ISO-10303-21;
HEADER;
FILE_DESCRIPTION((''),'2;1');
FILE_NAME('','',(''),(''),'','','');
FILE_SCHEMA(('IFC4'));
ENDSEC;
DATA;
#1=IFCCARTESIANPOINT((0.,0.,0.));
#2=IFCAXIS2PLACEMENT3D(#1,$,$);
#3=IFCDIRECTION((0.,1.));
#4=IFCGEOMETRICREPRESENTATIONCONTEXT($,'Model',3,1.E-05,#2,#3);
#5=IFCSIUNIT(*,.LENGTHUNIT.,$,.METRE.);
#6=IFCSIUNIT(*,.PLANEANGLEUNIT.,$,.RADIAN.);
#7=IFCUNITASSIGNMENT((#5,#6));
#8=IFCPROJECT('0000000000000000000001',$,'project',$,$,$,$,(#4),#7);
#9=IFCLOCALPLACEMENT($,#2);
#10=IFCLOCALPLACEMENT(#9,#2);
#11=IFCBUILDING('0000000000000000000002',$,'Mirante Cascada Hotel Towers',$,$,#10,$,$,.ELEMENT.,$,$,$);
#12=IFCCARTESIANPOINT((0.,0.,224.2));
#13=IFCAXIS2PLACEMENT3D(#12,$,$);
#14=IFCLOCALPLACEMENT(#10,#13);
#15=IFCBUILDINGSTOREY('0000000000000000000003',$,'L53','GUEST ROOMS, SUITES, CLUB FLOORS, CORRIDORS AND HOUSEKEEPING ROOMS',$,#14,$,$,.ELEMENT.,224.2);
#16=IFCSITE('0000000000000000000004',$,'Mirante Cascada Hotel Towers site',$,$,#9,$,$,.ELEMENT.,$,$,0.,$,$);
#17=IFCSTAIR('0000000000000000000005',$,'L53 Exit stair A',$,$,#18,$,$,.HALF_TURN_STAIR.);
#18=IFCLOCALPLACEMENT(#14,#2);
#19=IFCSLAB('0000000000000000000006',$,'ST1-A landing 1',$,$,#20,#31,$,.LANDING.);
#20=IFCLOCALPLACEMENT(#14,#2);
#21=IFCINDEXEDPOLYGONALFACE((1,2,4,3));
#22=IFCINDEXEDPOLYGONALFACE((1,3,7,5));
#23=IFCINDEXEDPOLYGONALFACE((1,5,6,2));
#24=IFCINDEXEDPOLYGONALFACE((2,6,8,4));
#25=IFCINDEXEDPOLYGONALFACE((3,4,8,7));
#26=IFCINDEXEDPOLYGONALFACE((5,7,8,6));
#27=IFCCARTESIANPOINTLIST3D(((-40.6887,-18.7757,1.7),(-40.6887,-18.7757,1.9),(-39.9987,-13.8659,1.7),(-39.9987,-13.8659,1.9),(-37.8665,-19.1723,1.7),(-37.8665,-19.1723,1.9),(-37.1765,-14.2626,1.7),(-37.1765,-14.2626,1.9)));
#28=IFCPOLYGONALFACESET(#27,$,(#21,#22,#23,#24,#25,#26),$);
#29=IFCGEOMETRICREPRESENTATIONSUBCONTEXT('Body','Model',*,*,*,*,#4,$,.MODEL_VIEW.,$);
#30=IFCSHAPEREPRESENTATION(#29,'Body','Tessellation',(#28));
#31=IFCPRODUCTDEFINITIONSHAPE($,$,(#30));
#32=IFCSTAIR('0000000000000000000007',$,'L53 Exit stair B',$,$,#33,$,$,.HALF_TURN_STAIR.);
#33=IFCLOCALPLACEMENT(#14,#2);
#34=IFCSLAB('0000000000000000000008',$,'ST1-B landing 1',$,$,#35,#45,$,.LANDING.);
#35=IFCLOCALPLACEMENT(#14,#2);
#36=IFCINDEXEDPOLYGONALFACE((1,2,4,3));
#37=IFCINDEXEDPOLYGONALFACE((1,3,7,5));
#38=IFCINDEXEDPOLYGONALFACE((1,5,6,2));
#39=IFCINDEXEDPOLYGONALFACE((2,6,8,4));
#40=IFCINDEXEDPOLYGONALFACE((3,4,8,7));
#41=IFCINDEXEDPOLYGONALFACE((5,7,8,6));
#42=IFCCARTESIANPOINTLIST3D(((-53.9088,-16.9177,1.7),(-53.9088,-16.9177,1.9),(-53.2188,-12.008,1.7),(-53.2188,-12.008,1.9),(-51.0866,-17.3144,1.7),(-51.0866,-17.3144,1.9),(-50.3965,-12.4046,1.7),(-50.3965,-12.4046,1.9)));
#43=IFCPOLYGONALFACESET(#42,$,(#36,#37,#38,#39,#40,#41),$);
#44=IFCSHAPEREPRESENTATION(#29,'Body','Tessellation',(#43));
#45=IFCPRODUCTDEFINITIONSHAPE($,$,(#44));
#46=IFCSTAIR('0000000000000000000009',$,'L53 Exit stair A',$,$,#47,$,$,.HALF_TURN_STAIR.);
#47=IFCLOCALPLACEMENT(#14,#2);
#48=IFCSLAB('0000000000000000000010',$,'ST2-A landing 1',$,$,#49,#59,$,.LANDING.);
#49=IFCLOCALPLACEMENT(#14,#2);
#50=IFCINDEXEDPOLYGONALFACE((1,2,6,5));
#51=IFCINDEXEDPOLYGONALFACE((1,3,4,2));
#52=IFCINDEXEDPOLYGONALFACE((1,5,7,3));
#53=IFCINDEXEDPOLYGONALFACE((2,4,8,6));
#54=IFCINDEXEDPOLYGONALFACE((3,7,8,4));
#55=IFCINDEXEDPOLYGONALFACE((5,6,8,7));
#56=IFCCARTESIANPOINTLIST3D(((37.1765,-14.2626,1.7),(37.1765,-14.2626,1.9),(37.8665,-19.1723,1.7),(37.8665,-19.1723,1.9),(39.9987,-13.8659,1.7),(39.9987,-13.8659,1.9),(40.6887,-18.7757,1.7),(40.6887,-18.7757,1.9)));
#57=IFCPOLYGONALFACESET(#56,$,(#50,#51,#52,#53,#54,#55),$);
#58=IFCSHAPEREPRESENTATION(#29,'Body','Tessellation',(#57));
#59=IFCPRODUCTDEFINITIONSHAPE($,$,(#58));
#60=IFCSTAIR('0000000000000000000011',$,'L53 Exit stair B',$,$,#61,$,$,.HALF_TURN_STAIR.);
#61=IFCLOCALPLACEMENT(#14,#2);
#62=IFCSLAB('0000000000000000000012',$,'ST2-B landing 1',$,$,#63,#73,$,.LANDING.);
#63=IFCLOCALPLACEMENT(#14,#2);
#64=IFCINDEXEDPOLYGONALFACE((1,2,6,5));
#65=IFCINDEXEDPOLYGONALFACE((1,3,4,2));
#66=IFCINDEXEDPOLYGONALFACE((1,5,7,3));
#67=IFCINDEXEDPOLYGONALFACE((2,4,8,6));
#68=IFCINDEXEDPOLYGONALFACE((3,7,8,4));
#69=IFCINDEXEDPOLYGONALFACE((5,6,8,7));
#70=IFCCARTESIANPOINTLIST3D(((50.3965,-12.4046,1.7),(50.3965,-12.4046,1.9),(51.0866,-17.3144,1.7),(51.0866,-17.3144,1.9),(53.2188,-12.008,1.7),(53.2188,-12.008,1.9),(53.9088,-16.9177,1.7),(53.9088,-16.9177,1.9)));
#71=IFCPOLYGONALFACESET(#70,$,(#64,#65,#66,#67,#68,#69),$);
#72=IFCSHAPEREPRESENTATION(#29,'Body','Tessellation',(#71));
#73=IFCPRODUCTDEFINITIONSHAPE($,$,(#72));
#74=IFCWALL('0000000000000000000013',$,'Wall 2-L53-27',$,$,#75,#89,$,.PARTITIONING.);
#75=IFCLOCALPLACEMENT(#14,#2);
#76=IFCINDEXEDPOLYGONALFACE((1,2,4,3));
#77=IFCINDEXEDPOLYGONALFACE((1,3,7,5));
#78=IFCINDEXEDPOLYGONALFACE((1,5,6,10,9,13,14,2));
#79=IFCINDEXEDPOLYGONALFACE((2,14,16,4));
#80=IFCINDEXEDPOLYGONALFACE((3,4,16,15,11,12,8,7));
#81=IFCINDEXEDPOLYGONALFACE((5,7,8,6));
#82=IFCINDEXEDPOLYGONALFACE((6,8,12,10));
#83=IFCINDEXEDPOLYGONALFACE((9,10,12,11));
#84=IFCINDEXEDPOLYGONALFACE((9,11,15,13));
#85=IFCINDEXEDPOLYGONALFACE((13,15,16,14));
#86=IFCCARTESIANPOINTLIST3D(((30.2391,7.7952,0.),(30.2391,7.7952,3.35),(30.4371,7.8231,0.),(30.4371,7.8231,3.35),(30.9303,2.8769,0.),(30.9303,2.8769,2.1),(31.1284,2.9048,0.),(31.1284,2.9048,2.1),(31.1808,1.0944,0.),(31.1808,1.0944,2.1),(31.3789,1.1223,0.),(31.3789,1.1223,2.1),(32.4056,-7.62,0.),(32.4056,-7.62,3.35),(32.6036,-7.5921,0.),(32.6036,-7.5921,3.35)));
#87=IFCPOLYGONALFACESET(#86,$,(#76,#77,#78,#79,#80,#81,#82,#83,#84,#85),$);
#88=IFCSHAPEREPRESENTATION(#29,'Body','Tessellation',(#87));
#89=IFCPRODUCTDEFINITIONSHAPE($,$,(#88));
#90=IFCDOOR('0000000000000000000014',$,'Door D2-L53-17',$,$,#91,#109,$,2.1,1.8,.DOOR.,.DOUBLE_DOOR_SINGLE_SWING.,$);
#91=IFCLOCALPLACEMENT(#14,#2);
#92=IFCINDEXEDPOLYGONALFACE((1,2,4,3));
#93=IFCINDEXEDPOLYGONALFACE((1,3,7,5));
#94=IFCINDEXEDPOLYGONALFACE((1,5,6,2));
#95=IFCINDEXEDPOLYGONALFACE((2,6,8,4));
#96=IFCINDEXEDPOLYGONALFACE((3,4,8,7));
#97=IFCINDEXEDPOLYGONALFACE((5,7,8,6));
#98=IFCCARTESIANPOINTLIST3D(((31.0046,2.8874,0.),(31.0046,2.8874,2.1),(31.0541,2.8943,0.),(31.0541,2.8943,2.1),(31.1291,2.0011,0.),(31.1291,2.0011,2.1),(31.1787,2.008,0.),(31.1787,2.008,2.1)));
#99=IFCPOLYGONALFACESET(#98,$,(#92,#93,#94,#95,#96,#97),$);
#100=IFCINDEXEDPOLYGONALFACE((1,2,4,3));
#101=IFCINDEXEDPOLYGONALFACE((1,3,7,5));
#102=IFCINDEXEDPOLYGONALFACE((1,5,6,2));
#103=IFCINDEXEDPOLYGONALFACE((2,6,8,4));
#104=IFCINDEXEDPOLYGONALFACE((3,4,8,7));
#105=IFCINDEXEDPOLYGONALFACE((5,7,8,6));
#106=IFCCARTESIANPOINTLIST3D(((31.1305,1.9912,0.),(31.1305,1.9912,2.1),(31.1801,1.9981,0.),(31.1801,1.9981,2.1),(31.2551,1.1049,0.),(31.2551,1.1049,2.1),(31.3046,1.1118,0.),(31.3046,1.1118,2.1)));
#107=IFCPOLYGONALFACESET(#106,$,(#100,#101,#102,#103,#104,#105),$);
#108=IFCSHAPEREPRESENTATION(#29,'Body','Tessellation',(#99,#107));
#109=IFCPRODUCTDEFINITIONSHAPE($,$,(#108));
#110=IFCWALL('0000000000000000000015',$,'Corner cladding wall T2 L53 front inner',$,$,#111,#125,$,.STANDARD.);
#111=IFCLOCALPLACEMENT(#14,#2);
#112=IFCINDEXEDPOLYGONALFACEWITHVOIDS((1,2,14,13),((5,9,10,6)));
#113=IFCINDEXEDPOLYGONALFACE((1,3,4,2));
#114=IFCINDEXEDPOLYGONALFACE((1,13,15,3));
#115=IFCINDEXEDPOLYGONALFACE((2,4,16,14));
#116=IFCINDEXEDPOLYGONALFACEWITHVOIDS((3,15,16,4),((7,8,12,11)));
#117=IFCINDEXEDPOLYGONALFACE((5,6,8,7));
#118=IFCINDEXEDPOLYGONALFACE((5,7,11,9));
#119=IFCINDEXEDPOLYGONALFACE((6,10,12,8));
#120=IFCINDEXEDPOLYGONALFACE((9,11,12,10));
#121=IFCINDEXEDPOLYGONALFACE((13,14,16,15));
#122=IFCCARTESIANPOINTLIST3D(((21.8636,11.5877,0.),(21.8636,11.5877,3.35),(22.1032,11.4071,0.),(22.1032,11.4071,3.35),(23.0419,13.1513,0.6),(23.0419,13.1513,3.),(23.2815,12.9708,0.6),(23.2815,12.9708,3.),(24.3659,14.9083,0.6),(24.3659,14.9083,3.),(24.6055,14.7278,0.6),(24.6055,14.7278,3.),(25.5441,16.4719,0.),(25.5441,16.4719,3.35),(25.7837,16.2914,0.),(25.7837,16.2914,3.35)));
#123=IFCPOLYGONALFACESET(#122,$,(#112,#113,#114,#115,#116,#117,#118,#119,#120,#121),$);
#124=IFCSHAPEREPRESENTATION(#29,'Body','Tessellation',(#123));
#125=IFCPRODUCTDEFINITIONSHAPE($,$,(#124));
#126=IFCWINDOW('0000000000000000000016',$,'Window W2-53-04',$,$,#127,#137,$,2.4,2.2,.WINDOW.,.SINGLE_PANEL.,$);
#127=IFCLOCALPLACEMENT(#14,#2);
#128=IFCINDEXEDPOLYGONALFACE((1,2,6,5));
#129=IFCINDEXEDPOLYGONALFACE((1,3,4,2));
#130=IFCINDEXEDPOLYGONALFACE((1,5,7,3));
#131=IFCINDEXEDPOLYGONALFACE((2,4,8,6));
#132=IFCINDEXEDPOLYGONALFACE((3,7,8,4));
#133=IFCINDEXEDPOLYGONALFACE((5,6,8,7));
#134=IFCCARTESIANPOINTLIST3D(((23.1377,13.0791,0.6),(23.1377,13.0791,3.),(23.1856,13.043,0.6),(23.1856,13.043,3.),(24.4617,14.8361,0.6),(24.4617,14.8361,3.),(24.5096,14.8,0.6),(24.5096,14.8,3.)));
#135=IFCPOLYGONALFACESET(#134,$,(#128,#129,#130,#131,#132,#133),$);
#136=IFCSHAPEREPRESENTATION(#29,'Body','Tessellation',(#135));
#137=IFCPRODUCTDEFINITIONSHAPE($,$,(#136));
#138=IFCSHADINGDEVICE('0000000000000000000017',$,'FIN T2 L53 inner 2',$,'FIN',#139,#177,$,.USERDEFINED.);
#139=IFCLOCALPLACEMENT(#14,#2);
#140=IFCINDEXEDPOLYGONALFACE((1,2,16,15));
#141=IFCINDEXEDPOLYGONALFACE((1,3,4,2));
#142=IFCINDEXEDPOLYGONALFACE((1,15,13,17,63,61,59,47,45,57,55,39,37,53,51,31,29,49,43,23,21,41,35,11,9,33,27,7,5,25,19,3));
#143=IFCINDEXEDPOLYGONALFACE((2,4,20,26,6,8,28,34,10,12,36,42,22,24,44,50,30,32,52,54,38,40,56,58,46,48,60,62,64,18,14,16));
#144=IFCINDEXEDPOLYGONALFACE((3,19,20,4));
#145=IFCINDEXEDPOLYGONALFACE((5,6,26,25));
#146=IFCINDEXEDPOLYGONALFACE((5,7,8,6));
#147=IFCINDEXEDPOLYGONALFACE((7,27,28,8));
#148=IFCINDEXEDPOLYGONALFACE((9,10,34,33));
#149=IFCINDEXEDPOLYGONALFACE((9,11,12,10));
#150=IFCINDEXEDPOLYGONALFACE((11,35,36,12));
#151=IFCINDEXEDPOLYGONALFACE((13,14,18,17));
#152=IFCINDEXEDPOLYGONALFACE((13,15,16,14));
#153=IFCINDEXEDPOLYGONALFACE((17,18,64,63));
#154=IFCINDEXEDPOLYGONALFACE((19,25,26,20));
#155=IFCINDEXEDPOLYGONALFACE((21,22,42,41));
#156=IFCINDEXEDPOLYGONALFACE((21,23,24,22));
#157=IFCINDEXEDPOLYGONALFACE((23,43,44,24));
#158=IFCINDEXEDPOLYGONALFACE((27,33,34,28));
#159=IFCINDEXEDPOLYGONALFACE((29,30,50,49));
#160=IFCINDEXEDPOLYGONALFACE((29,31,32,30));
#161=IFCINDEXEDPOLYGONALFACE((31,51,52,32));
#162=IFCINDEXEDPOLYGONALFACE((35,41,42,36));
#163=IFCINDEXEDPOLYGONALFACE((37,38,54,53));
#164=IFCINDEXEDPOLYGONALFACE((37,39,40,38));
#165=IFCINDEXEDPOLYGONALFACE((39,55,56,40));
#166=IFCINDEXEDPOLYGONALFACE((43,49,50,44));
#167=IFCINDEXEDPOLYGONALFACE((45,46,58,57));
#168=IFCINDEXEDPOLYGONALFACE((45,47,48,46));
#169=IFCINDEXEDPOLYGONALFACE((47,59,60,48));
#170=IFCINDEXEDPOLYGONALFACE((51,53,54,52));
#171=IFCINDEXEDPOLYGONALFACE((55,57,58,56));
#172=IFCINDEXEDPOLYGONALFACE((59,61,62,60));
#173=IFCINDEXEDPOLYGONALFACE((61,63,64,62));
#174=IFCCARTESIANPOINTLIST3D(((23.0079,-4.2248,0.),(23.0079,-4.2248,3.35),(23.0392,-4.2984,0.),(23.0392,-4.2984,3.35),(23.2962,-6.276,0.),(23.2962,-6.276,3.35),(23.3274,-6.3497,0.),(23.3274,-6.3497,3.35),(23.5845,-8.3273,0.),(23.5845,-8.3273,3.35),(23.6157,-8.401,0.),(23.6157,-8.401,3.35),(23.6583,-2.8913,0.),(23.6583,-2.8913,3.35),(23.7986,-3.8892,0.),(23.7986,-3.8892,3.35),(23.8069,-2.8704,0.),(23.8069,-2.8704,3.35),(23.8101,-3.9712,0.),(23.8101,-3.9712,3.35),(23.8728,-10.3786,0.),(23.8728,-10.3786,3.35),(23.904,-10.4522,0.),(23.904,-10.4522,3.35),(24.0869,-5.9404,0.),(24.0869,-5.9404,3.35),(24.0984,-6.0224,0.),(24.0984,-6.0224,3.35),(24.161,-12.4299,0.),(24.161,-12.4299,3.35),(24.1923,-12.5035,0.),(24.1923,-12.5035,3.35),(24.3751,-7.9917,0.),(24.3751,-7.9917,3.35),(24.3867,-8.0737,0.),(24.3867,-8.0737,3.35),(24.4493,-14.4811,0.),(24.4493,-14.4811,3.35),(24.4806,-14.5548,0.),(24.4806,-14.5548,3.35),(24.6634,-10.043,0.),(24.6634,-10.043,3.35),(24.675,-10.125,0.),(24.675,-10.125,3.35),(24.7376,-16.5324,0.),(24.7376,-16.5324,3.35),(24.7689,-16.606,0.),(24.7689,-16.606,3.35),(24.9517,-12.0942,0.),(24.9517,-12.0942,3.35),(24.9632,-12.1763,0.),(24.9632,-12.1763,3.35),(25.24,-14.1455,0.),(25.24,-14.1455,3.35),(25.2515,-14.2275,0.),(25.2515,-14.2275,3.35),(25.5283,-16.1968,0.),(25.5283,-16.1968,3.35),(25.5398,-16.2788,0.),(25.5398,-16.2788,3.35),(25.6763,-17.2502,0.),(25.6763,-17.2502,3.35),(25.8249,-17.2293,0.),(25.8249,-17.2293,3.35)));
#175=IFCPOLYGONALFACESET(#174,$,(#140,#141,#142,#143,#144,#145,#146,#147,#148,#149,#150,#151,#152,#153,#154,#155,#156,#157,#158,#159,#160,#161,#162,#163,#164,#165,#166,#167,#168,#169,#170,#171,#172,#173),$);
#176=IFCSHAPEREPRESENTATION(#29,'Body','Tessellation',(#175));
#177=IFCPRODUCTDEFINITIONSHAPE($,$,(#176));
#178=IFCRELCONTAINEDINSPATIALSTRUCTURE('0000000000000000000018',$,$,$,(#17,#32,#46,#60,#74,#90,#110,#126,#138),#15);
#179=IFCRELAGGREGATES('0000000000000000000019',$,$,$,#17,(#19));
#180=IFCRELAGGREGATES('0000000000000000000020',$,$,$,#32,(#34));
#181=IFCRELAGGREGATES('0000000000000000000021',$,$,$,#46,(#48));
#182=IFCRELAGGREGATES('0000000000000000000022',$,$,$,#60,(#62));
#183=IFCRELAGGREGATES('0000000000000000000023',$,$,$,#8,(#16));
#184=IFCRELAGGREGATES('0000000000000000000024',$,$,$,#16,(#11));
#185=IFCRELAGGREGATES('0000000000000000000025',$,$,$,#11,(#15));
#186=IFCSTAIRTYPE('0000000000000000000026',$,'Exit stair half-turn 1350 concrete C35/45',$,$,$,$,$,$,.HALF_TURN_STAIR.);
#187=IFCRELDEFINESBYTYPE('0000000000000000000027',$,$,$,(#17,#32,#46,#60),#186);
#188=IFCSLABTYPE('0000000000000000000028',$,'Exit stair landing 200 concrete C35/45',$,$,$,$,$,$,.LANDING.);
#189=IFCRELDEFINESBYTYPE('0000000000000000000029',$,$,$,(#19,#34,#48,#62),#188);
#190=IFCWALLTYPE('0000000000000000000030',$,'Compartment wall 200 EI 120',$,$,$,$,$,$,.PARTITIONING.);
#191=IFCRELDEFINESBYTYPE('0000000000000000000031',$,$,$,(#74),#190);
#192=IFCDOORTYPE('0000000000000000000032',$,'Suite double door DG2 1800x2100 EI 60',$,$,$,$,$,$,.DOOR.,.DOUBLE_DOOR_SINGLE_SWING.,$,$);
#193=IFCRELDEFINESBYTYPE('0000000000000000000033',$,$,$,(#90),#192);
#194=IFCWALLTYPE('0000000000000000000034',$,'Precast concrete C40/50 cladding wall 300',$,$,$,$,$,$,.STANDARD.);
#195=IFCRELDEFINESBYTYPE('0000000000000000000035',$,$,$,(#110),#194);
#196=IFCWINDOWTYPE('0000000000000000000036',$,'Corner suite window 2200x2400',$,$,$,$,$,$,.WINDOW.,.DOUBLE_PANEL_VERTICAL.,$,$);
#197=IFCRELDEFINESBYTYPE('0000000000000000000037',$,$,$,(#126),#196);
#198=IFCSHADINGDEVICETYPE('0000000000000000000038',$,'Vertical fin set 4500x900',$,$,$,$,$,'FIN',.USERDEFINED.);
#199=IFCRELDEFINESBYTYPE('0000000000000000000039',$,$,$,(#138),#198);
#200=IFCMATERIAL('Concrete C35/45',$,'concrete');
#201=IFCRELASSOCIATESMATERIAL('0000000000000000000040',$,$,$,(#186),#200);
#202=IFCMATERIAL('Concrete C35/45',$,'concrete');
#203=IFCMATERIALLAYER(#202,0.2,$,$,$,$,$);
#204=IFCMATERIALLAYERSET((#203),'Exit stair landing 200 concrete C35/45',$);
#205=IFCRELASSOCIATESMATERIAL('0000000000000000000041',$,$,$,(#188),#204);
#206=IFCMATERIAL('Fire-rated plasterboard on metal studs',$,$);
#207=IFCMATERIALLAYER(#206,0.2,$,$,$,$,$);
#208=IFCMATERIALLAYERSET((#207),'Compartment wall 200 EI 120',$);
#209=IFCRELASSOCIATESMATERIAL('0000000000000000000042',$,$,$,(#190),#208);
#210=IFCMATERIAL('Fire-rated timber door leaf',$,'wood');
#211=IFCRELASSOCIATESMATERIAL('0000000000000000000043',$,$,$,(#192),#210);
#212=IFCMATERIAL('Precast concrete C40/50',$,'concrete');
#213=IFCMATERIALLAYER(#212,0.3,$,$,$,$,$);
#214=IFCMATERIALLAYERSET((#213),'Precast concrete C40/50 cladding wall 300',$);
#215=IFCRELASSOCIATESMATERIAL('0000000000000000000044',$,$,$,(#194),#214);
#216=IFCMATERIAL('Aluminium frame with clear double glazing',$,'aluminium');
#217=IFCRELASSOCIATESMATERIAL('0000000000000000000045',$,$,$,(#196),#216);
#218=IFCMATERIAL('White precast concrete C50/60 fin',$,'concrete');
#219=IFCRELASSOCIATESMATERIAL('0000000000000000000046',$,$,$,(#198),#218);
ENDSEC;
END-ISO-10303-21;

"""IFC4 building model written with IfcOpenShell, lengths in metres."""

from ifc_helpers import new_model, si_unit, direction, frame, frame_2d, origin, place, context, subcontext, project, spatial, polyline, rectangle, outline, extrude, material, layer, layer_set, type_object, element, fill, aggregate, save


model = new_model("IFC4")

# Units and contexts
model_context = context("Model", 3, precision=1e-05, world=origin(), true_north=direction((0.0, 1.0)))
body_context = subcontext(model_context, "Body", "Model", "MODEL_VIEW")
ifc_project = project(units=[si_unit("LENGTHUNIT", "METRE"), si_unit("PLANEANGLEUNIT", "RADIAN")], contexts=[model_context])

# Site, building, storey
site_placement = place(None, origin())
site = spatial("IfcSite", under=ifc_project, at=site_placement, Name="Mirante Cascada Hotel Towers site", CompositionType="ELEMENT", RefElevation=0.0)
building_placement = place(site_placement, origin())
building = spatial("IfcBuilding", under=site, at=building_placement, Name="Mirante Cascada Hotel Towers", CompositionType="ELEMENT")
storey_placement = place(building_placement, frame((0.0, 0.0, 224.2)))
storey = spatial("IfcBuildingStorey", under=building, at=storey_placement, Name="L53", Description="GUEST ROOMS, SUITES, CLUB FLOORS, CORRIDORS AND HOUSEKEEPING ROOMS", CompositionType="ELEMENT", Elevation=224.2)

# Stairs, slabs
ifc_material_1 = material(Name="Concrete C35/45", Category="concrete")
stair_type = type_object("IfcStairType", Name="Exit stair half-turn 1350 concrete C35/45", PredefinedType="HALF_TURN_STAIR", material=ifc_material_1)
stair_1_placement = place(storey_placement, origin())
stair_1 = element("IfcStair", 1, at=stair_1_placement, inside=storey, type_object=stair_type, Name="L53 Exit stair A", PredefinedType="HALF_TURN_STAIR")
ifc_material_2 = material(Name="Concrete C35/45", Category="concrete")
ifc_layer_1 = layer(ifc_material_2, 0.2)
ifc_layer_set_1 = layer_set([ifc_layer_1], Name="Exit stair landing 200 concrete C35/45")
slab_type = type_object("IfcSlabType", Name="Exit stair landing 200 concrete C35/45", PredefinedType="LANDING", material=ifc_layer_set_1)
slab_1_placement = place(storey_placement, frame((0.0, 0.0, 1.7)))
slab_1 = element("IfcSlab", 2, at=slab_1_placement, type_object=slab_type, Name="ST1-A landing 1", PredefinedType="LANDING", context=body_context, shape_type="SweptSolid", body=[
    extrude(outline(polyline([(-39.9987, -13.8659), (-40.6887, -18.7757), (-37.8665, -19.1723), (-37.1765, -14.2626), (-39.9987, -13.8659)])), origin(), (0.0, 0.0, 1.0), 0.2),
])
aggregate(stair_1, [slab_1])
stair_2_placement = place(storey_placement, origin())
stair_2 = element("IfcStair", 3, at=stair_2_placement, inside=storey, type_object=stair_type, Name="L53 Exit stair B", PredefinedType="HALF_TURN_STAIR")
slab_2_placement = place(storey_placement, frame((0.0, 0.0, 1.7)))
slab_2 = element("IfcSlab", 4, at=slab_2_placement, type_object=slab_type, Name="ST1-B landing 1", PredefinedType="LANDING", context=body_context, shape_type="SweptSolid", body=[
    extrude(outline(polyline([(-53.2188, -12.008), (-53.9088, -16.9177), (-51.0866, -17.3144), (-50.3965, -12.4046), (-53.2188, -12.008)])), origin(), (0.0, 0.0, 1.0), 0.2),
])
aggregate(stair_2, [slab_2])
stair_3_placement = place(storey_placement, origin())
stair_3 = element("IfcStair", 5, at=stair_3_placement, inside=storey, type_object=stair_type, Name="L53 Exit stair A", PredefinedType="HALF_TURN_STAIR")
slab_3_placement = place(storey_placement, frame((0.0, 0.0, 1.7)))
slab_3 = element("IfcSlab", 6, at=slab_3_placement, type_object=slab_type, Name="ST2-A landing 1", PredefinedType="LANDING", context=body_context, shape_type="SweptSolid", body=[
    extrude(outline(polyline([(37.1765, -14.2626), (37.8665, -19.1723), (40.6887, -18.7757), (39.9987, -13.8659), (37.1765, -14.2626)])), origin(), (0.0, 0.0, 1.0), 0.2),
])
aggregate(stair_3, [slab_3])
stair_4_placement = place(storey_placement, origin())
stair_4 = element("IfcStair", 7, at=stair_4_placement, inside=storey, type_object=stair_type, Name="L53 Exit stair B", PredefinedType="HALF_TURN_STAIR")
slab_4_placement = place(storey_placement, frame((0.0, 0.0, 1.7)))
slab_4 = element("IfcSlab", 8, at=slab_4_placement, type_object=slab_type, Name="ST2-B landing 1", PredefinedType="LANDING", context=body_context, shape_type="SweptSolid", body=[
    extrude(outline(polyline([(50.3965, -12.4046), (51.0866, -17.3144), (53.9088, -16.9177), (53.2188, -12.008), (50.3965, -12.4046)])), origin(), (0.0, 0.0, 1.0), 0.2),
])
aggregate(stair_4, [slab_4])

# Wall, opening, door
ifc_material_3 = material(Name="Fire-rated plasterboard on metal studs")
ifc_layer_2 = layer(ifc_material_3, 0.2)
ifc_layer_set_2 = layer_set([ifc_layer_2], Name="Compartment wall 200 EI 120")
wall_type_1 = type_object("IfcWallType", Name="Compartment wall 200 EI 120", PredefinedType="PARTITIONING", material=ifc_layer_set_2)
wall_1_placement = place(storey_placement, frame((30.3381, 7.8092, 0.0), z_axis=(0.0, 0.0, 1.0), x_axis=(0.139175, -0.990268, 0.0)))
wall_1 = element("IfcWall", 9, at=wall_1_placement, inside=storey, type_object=wall_type_1, Name="Wall 2-L53-27", PredefinedType="PARTITIONING", context=body_context, shape_type="SweptSolid", body=[
    extrude(rectangle(XDim=15.5667, YDim=0.2, at=frame_2d((7.7834, 0.0))), origin(), (0.0, 0.0, 1.0), 3.35),
])
opening_1_placement = place(wall_1_placement, frame((4.9667, 0.0, 0.0)))
opening_1 = element("IfcOpeningElement", 10, at=opening_1_placement, cuts=wall_1, PredefinedType="OPENING", context=body_context, shape_type="SweptSolid", body=[
    extrude(rectangle(XDim=1.8, YDim=2.1, at=frame_2d((0.9, 1.05))), frame((0.0, 0.1, 0.0), z_axis=(0.0, -1.0, 0.0), x_axis=(1.0, 0.0, 0.0)), (0.0, 0.0, 1.0), 0.2),
])
ifc_material_4 = material(Name="Fire-rated timber door leaf", Category="wood")
door_type = type_object("IfcDoorType", Name="Suite double door DG2 1800x2100 EI 60", OperationType="DOUBLE_DOOR_SINGLE_SWING", PredefinedType="DOOR", material=ifc_material_4)
door_placement = place(opening_1_placement, origin())
door = element("IfcDoor", 11, at=door_placement, inside=storey, type_object=door_type, Name="Door D2-L53-17", OperationType="DOUBLE_DOOR_SINGLE_SWING", OverallHeight=2.1, OverallWidth=1.8, PredefinedType="DOOR", context=body_context, shape_type="SweptSolid", body=[
    extrude(rectangle(XDim=0.895, YDim=2.1, at=frame_2d((0.4475, 1.05))), frame((0.0, 0.025, 0.0), z_axis=(0.0, -1.0, 0.0), x_axis=(1.0, 0.0, 0.0)), (0.0, 0.0, 1.0), 0.05),
    extrude(rectangle(XDim=0.895, YDim=2.1, at=frame_2d((1.3525, 1.05))), frame((0.0, 0.025, 0.0), z_axis=(0.0, -1.0, 0.0), x_axis=(1.0, 0.0, 0.0)), (0.0, 0.0, 1.0), 0.05),
])
fill(opening_1, door)

# Wall, opening, window
ifc_material_5 = material(Name="Precast concrete C40/50", Category="concrete")
ifc_layer_3 = layer(ifc_material_5, 0.3)
ifc_layer_set_3 = layer_set([ifc_layer_3], Name="Precast concrete C40/50 cladding wall 300")
wall_type_2 = type_object("IfcWallType", Name="Precast concrete C40/50 cladding wall 300", PredefinedType="STANDARD", material=ifc_layer_set_3)
wall_2_placement = place(storey_placement, frame((25.6639, 16.3816, 0.0), z_axis=(0.0, 0.0, 1.0), x_axis=(-0.601814, -0.798636, 0.0)))
wall_2 = element("IfcWall", 12, at=wall_2_placement, inside=storey, type_object=wall_type_2, Name="Corner cladding wall T2 L53 front inner", PredefinedType="STANDARD", context=body_context, shape_type="SweptSolid", body=[
    extrude(rectangle(XDim=6.1157, YDim=0.3, at=frame_2d((3.0578, 0.0))), origin(), (0.0, 0.0, 1.0), 3.35),
])
opening_2_placement = place(wall_2_placement, frame((1.9578, 0.0, 0.6)))
opening_2 = element("IfcOpeningElement", 13, at=opening_2_placement, cuts=wall_2, PredefinedType="OPENING", context=body_context, shape_type="SweptSolid", body=[
    extrude(rectangle(XDim=2.2, YDim=2.4, at=frame_2d((1.1, 1.2))), frame((0.0, 0.15, 0.0), z_axis=(0.0, -1.0, 0.0), x_axis=(1.0, 0.0, 0.0)), (0.0, 0.0, 1.0), 0.3),
])
ifc_material_6 = material(Name="Aluminium frame with clear double glazing", Category="aluminium")
window_type = type_object("IfcWindowType", Name="Corner suite window 2200x2400", PartitioningType="DOUBLE_PANEL_VERTICAL", PredefinedType="WINDOW", material=ifc_material_6)
window_placement = place(opening_2_placement, origin())
window = element("IfcWindow", 14, at=window_placement, inside=storey, type_object=window_type, Name="Window W2-53-04", OverallHeight=2.4, OverallWidth=2.2, PartitioningType="SINGLE_PANEL", PredefinedType="WINDOW", context=body_context, shape_type="SweptSolid", body=[
    extrude(rectangle(XDim=2.2, YDim=2.4, at=frame_2d((1.1, 1.2))), frame((0.0, 0.03, 0.0), z_axis=(0.0, -1.0, 0.0), x_axis=(1.0, 0.0, 0.0)), (0.0, 0.0, 1.0), 0.06),
])
fill(opening_2, window)

# Shading device
ifc_material_7 = material(Name="White precast concrete C50/60 fin", Category="concrete")
shading_device_type = type_object("IfcShadingDeviceType", Name="Vertical fin set 4500x900", ElementType="FIN", PredefinedType="USERDEFINED", material=ifc_material_7)
shading_device_1_placement = place(storey_placement, origin())
element("IfcShadingDevice", 15, at=shading_device_1_placement, inside=storey, type_object=shading_device_type, Name="FIN T2 L53 inner 2", ObjectType="FIN", PredefinedType="USERDEFINED", context=body_context, shape_type="SweptSolid", body=[
    extrude(outline(polyline([(24.7376, -16.5324), (25.5283, -16.1968), (25.2515, -14.2275), (24.4806, -14.5548), (24.4493, -14.4811), (25.24, -14.1455), (24.9632, -12.1763), (24.1923, -12.5035), (24.161, -12.4299), (24.9517, -12.0942), (24.675, -10.125), (23.904, -10.4522), (23.8728, -10.3786), (24.6634, -10.043), (24.3867, -8.0737), (23.6157, -8.401), (23.5845, -8.3273), (24.3751, -7.9917), (24.0984, -6.0224), (23.3274, -6.3497), (23.2962, -6.276), (24.0869, -5.9404), (23.8101, -3.9712), (23.0392, -4.2984), (23.0079, -4.2248), (23.7986, -3.8892), (23.6583, -2.8913), (23.8069, -2.8704), (25.8249, -17.2293), (25.6763, -17.2502), (25.5398, -16.2788), (24.7689, -16.606), (24.7376, -16.5324)])), origin(), (0.0, 0.0, 1.0), 3.35),
])

save(model, "model.ifc")
